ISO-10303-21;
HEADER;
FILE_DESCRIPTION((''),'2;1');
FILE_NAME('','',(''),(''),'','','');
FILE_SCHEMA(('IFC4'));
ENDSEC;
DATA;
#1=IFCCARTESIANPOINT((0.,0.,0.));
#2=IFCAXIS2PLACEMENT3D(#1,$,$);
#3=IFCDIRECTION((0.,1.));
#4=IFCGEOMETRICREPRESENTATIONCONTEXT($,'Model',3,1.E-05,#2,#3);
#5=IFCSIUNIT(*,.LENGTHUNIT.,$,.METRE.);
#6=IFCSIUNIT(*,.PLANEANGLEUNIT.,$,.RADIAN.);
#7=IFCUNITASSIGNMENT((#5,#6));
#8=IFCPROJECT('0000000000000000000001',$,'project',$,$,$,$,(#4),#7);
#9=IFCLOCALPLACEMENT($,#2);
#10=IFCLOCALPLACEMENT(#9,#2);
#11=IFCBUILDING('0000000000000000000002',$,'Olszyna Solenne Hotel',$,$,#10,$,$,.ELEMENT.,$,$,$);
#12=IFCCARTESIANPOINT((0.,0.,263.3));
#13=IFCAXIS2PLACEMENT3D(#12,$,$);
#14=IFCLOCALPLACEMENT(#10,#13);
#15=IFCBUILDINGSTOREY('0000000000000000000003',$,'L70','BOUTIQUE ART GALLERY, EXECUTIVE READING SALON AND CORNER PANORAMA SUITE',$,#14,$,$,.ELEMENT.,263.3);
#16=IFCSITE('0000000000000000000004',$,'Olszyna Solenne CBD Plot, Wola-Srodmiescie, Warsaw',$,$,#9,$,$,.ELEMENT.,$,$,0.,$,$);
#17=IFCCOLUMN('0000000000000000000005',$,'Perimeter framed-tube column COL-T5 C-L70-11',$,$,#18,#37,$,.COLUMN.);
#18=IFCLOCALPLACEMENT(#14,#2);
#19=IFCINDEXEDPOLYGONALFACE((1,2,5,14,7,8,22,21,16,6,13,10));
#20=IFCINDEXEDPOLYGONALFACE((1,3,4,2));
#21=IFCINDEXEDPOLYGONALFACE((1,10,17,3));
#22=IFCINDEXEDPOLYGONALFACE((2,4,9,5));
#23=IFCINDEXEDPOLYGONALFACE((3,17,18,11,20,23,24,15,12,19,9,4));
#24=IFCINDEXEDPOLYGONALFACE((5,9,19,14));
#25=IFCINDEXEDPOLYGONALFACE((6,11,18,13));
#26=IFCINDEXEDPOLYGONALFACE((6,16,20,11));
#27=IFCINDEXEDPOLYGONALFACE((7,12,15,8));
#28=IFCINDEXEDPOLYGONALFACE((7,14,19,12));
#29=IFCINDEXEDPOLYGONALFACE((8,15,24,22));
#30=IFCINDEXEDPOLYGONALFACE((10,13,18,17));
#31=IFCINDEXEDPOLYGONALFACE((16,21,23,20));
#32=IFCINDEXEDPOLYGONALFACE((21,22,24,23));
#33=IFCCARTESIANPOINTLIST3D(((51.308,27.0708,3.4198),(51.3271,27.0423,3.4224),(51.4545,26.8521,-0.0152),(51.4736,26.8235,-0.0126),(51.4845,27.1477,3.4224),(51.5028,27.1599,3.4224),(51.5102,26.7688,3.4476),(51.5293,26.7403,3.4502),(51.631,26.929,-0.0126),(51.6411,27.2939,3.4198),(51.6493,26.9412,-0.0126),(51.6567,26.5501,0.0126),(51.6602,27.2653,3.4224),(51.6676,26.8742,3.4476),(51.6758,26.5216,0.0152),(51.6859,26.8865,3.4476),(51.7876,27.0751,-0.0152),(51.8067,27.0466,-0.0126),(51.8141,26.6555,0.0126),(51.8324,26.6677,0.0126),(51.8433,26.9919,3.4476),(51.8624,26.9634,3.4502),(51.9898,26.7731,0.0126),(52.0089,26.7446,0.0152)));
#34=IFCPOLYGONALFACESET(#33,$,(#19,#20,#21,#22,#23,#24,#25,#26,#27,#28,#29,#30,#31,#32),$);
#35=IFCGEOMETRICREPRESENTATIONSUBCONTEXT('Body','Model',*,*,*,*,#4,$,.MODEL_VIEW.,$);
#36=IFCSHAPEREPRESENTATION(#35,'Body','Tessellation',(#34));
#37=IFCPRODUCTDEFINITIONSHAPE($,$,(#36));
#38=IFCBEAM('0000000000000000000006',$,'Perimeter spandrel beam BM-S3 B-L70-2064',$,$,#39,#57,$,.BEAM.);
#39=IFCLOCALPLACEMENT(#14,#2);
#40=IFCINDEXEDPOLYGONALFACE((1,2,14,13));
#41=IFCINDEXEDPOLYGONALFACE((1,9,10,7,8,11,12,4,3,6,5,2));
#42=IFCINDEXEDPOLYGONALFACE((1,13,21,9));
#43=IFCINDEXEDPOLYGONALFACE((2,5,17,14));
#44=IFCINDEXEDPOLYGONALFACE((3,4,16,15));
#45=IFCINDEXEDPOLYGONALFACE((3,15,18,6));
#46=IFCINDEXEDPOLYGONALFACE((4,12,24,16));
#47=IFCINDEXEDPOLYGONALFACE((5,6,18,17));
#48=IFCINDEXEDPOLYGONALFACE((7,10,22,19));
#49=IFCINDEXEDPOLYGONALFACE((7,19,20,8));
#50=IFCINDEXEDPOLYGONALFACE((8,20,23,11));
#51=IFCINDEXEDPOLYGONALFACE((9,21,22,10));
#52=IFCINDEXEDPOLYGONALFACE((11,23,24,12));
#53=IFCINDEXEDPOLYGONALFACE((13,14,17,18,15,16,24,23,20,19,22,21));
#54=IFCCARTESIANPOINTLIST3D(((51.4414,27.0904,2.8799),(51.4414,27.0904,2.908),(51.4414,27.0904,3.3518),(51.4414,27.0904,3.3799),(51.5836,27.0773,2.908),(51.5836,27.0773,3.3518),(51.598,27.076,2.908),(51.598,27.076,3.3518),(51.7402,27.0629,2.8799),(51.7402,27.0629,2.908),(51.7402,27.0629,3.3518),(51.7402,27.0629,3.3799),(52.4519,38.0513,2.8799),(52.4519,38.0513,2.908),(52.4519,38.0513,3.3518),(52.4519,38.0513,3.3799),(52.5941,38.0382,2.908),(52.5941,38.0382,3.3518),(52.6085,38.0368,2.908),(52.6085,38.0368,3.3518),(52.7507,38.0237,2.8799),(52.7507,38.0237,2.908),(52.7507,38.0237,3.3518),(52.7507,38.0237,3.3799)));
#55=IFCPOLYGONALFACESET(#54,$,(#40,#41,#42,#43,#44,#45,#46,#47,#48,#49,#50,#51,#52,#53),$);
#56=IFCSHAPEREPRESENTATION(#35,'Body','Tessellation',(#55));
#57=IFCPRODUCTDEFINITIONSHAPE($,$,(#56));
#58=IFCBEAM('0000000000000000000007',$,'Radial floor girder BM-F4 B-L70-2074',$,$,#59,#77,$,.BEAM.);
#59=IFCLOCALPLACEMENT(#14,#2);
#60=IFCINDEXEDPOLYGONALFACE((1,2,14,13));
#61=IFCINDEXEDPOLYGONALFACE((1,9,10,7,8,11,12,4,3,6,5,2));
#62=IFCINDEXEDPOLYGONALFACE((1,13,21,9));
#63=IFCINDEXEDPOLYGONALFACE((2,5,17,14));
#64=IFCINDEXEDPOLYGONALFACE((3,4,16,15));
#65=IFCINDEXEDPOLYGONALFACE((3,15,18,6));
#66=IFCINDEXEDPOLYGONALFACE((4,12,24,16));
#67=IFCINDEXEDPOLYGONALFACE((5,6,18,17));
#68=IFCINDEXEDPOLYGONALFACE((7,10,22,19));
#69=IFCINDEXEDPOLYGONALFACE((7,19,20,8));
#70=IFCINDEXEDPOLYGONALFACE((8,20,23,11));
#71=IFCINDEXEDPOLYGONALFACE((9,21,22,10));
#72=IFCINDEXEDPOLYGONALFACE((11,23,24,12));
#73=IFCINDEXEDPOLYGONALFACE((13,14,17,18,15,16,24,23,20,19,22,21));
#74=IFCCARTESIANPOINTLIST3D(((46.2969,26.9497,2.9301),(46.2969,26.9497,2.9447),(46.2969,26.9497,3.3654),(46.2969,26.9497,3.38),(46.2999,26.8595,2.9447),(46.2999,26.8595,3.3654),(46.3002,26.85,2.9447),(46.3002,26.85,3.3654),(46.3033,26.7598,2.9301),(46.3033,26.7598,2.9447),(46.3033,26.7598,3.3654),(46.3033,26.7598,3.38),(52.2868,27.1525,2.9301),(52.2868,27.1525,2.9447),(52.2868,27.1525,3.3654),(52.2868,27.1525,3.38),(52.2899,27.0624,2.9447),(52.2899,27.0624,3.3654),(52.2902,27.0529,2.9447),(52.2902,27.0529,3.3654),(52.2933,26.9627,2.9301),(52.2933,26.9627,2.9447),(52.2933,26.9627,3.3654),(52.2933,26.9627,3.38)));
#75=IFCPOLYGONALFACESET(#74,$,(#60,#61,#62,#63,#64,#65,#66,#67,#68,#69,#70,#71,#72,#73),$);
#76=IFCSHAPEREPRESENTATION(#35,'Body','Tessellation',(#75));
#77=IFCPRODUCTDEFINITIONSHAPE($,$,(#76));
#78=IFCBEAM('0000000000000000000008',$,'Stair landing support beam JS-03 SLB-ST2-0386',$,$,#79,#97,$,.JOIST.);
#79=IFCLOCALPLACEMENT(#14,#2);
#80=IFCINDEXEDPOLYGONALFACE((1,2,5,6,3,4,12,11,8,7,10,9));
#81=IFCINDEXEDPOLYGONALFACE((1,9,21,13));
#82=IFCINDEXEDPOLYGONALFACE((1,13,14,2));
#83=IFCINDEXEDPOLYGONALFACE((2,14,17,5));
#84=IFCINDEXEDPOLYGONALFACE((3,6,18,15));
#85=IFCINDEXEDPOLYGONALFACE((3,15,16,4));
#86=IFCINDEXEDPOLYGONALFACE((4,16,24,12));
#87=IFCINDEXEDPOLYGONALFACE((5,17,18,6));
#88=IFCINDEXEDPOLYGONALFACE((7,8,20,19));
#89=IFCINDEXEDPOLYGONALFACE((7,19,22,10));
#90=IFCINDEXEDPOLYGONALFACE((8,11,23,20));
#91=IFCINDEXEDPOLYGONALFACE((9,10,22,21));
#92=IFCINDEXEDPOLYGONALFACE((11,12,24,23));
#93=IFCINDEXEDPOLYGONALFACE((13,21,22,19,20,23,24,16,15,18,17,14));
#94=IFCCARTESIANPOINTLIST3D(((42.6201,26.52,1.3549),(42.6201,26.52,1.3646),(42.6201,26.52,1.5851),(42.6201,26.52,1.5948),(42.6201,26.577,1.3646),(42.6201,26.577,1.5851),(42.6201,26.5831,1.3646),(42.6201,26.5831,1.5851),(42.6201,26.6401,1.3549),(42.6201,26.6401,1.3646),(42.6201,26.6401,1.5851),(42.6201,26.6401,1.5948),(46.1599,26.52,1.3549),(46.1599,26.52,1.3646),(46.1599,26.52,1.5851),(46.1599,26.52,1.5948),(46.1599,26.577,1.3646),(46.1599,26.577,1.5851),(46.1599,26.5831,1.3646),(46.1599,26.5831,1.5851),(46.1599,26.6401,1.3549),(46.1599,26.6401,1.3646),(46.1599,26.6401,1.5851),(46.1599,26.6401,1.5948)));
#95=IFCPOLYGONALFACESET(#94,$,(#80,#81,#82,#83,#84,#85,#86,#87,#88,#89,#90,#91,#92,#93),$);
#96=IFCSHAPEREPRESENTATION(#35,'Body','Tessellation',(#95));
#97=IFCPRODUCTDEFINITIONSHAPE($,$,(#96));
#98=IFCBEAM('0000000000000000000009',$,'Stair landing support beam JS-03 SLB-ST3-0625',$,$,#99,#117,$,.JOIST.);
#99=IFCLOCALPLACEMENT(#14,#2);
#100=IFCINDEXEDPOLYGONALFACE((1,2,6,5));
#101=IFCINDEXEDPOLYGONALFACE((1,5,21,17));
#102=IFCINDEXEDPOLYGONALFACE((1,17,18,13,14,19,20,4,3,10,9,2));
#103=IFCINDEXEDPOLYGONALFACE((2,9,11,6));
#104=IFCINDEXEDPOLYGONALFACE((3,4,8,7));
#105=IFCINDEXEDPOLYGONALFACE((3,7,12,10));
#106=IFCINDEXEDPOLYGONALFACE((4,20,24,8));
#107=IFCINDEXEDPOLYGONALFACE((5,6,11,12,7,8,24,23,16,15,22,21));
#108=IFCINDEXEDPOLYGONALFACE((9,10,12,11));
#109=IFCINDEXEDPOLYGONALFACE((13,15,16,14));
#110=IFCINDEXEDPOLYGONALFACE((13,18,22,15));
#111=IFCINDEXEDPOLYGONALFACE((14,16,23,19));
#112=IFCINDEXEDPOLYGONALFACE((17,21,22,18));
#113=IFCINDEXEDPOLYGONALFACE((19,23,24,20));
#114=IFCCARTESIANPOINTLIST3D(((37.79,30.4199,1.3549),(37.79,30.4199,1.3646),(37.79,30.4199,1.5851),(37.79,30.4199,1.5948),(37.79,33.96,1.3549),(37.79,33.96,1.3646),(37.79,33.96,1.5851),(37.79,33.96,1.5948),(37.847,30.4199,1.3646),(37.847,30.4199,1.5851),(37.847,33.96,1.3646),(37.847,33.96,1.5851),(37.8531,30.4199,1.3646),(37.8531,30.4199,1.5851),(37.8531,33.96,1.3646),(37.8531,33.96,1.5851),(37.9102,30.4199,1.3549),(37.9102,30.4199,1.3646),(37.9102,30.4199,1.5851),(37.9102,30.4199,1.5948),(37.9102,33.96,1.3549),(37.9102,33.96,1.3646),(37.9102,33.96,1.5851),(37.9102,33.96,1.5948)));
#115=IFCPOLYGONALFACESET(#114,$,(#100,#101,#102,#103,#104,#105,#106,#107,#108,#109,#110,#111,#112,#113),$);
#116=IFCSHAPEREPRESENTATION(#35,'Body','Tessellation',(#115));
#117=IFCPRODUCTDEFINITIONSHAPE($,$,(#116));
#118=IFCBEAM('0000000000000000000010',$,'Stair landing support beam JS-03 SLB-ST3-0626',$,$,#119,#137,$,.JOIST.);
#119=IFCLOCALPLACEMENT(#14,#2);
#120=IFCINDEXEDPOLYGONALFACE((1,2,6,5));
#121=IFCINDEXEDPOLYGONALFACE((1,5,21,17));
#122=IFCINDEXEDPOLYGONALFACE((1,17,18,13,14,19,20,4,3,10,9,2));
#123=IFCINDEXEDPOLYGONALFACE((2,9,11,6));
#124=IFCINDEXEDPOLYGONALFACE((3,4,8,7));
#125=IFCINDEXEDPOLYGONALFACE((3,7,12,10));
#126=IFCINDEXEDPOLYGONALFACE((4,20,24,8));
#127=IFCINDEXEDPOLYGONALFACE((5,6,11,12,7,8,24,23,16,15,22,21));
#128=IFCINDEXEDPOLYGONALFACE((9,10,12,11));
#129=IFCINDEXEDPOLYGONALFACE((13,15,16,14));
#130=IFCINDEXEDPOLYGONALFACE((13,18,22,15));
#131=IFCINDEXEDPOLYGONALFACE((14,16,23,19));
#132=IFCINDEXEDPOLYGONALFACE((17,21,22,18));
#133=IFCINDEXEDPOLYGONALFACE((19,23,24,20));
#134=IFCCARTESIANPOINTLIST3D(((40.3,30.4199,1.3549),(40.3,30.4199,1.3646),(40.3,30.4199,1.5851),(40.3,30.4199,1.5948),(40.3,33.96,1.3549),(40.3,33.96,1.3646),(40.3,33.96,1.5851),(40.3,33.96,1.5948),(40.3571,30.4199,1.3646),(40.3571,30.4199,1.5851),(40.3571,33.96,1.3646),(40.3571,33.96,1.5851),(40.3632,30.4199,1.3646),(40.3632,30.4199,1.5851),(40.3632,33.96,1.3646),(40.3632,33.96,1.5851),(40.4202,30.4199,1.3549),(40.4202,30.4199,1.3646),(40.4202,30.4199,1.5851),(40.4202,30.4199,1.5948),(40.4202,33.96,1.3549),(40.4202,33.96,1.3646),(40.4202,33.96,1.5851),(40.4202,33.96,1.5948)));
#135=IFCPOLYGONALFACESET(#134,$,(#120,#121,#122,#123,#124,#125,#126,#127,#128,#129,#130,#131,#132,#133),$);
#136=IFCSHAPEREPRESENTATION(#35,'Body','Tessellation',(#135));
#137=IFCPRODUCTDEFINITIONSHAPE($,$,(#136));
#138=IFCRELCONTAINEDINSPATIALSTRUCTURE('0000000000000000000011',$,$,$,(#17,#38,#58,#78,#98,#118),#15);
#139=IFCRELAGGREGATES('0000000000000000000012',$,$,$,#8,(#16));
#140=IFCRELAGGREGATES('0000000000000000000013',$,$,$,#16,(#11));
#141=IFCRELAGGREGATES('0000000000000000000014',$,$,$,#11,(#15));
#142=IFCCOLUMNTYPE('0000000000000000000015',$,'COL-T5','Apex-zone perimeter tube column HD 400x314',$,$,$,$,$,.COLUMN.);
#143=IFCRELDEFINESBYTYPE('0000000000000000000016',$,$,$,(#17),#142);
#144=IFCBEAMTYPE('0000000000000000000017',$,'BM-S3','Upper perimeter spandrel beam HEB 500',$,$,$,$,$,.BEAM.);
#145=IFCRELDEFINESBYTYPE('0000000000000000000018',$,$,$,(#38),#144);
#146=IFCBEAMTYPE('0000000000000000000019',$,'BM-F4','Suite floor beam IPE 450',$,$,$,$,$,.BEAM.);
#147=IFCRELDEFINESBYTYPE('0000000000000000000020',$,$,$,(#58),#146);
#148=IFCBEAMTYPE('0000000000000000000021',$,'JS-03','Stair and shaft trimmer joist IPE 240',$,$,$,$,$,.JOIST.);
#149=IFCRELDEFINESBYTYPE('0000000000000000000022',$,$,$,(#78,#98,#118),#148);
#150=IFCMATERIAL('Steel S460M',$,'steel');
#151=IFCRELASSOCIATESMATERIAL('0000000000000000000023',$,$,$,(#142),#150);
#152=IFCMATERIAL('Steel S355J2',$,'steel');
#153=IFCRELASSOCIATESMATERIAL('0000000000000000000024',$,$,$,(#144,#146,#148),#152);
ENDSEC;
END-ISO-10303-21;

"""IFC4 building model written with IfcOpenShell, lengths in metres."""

from ifc_helpers import new_model, si_unit, direction, frame, origin, origin_2d, place, context, subcontext, project, spatial, i_section, extrude, source, transform, mapped, material, material_profile, profile_set, type_object, element, save


model = new_model("IFC4")

# Units and contexts
model_context = context("Model", 3, precision=1e-05, world=origin(), true_north=direction((0.0, 1.0)))
body_context = subcontext(model_context, "Body", "Model", "MODEL_VIEW")
ifc_project = project(units=[si_unit("LENGTHUNIT", "METRE"), si_unit("PLANEANGLEUNIT", "RADIAN")], contexts=[model_context])

# Site, building, storey
site_placement = place(None, origin())
site = spatial("IfcSite", under=ifc_project, at=site_placement, Name="Olszyna Solenne CBD Plot, Wola-Srodmiescie, Warsaw", CompositionType="ELEMENT", RefElevation=0.0)
building_placement = place(site_placement, origin())
building = spatial("IfcBuilding", under=site, at=building_placement, Name="Olszyna Solenne Hotel", CompositionType="ELEMENT")
storey_placement = place(building_placement, frame((0.0, 0.0, 263.3)))
storey = spatial("IfcBuildingStorey", under=building, at=storey_placement, Name="L70", Description="BOUTIQUE ART GALLERY, EXECUTIVE READING SALON AND CORNER PANORAMA SUITE", CompositionType="ELEMENT", Elevation=263.3)

# Column
ifc_material_1 = material(Name="Steel S460M", Category="steel")
ifc_material_profile_1 = material_profile(ifc_material_1, i_section(OverallWidth=0.4009, OverallDepth=0.3989, WebThickness=0.022, FlangeThickness=0.0344, at=origin_2d()), Name="HD 400x314", Category="load-bearing")
ifc_profile_set_1 = profile_set([ifc_material_profile_1], Name="Steel S460M")
column_type = type_object("IfcColumnType", Name="COL-T5", Description="Apex-zone perimeter tube column HD 400x314", PredefinedType="COLUMN", material=ifc_profile_set_1)
shared_shape_1 = source(origin(), body_context, "Body", "SweptSolid", [
    extrude(i_section(OverallWidth=0.4009, OverallDepth=0.3989, WebThickness=0.022, FlangeThickness=0.0344, at=origin_2d()), origin(), (0.0, 0.0, 1.0), 3.4451),
])
column_placement = place(storey_placement, frame((51.7317, 26.7983, 0.0), z_axis=(-0.042519, 0.063495, 0.997076), x_axis=(-0.830907, -0.556411, 0.0)))
element("IfcColumn", 1, at=column_placement, inside=storey, type_object=column_type, Name="Perimeter framed-tube column COL-T5 C-L70-11", PredefinedType="COLUMN", context=body_context, shape_type="MappedRepresentation", body=[
    mapped(shared_shape_1, transform((0.0, 0.0, 0.0), x_axis=(1.0, 0.0, 0.0), y_axis=(0.0, 1.0, 0.0), z_axis=(0.0, 0.0, 1.0), scale=1.0)),
])

# Beams
ifc_material_2 = material(Name="Steel S355J2", Category="steel")
ifc_material_profile_2 = material_profile(ifc_material_2, i_section(OverallWidth=0.3, OverallDepth=0.5, WebThickness=0.0144, FlangeThickness=0.0281, at=origin_2d()), Name="HEB 500", Category="load-bearing")
ifc_profile_set_2 = profile_set([ifc_material_profile_2], Name="Steel S355J2")
beam_type_1 = type_object("IfcBeamType", Name="BM-S3", Description="Upper perimeter spandrel beam HEB 500", PredefinedType="BEAM", material=ifc_profile_set_2)
shared_shape_2 = source(origin(), body_context, "Body", "SweptSolid", [
    extrude(i_section(OverallWidth=0.3, OverallDepth=0.5, WebThickness=0.0144, FlangeThickness=0.0281, at=origin_2d()), origin(), (0.0, 0.0, 1.0), 11.0073),
])
beam_1_placement = place(storey_placement, frame((51.5908, 27.0767, 3.1299), z_axis=(0.091802, 0.995777, 0.0), x_axis=(-0.995777, 0.091802, 0.0)))
element("IfcBeam", 2, at=beam_1_placement, inside=storey, type_object=beam_type_1, Name="Perimeter spandrel beam BM-S3 B-L70-2064", PredefinedType="BEAM", context=body_context, shape_type="MappedRepresentation", body=[
    mapped(shared_shape_2, transform((0.0, 0.0, 0.0), x_axis=(1.0, 0.0, 0.0), y_axis=(0.0, 1.0, 0.0), z_axis=(0.0, 0.0, 1.0), scale=1.0)),
])
ifc_material_profile_3 = material_profile(ifc_material_2, i_section(OverallWidth=0.1899, OverallDepth=0.45, WebThickness=0.0095, FlangeThickness=0.0146, at=origin_2d()), Name="IPE 450", Category="load-bearing")
ifc_profile_set_3 = profile_set([ifc_material_profile_3], Name="Steel S355J2")
beam_type_2 = type_object("IfcBeamType", Name="BM-F4", Description="Suite floor beam IPE 450", PredefinedType="BEAM", material=ifc_profile_set_3)
shared_shape_3 = source(origin(), body_context, "Body", "SweptSolid", [
    extrude(i_section(OverallWidth=0.1899, OverallDepth=0.45, WebThickness=0.0095, FlangeThickness=0.0146, at=origin_2d()), origin(), (0.0, 0.0, 1.0), 5.9934),
])
beam_2_placement = place(storey_placement, frame((52.29, 27.0576, 3.155), z_axis=(-0.999427, -0.033851, 0.0), x_axis=(0.033851, -0.999427, 0.0)))
element("IfcBeam", 3, at=beam_2_placement, inside=storey, type_object=beam_type_2, Name="Radial floor girder BM-F4 B-L70-2074", PredefinedType="BEAM", context=body_context, shape_type="MappedRepresentation", body=[
    mapped(shared_shape_3, transform((0.0, 0.0, 0.0), x_axis=(1.0, 0.0, 0.0), y_axis=(0.0, 1.0, 0.0), z_axis=(0.0, 0.0, 1.0), scale=1.0)),
])
ifc_material_profile_4 = material_profile(ifc_material_2, i_section(OverallWidth=0.1201, OverallDepth=0.24, WebThickness=0.0061, FlangeThickness=0.0098, at=origin_2d()), Name="IPE 240", Category="load-bearing")
ifc_profile_set_4 = profile_set([ifc_material_profile_4], Name="Steel S355J2")
beam_type_3 = type_object("IfcBeamType", Name="JS-03", Description="Stair and shaft trimmer joist IPE 240", PredefinedType="JOIST", material=ifc_profile_set_4)
shared_shape_4 = source(origin(), body_context, "Body", "SweptSolid", [
    extrude(i_section(OverallWidth=0.1201, OverallDepth=0.24, WebThickness=0.0061, FlangeThickness=0.0098, at=origin_2d()), origin(), (0.0, 0.0, 1.0), 3.5398),
])
beam_3_placement = place(storey_placement, frame((46.1599, 26.5801, 1.4749), z_axis=(-1.0, 0.0, 0.0), x_axis=(0.0, -1.0, 0.0)))
element("IfcBeam", 4, at=beam_3_placement, inside=storey, type_object=beam_type_3, Name="Stair landing support beam JS-03 SLB-ST2-0386", PredefinedType="JOIST", context=body_context, shape_type="MappedRepresentation", body=[
    mapped(shared_shape_4, transform((0.0, 0.0, 0.0), x_axis=(1.0, 0.0, 0.0), y_axis=(0.0, 1.0, 0.0), z_axis=(0.0, 0.0, 1.0), scale=1.0)),
])
shared_shape_5 = source(origin(), body_context, "Body", "SweptSolid", [
    extrude(i_section(OverallWidth=0.1201, OverallDepth=0.24, WebThickness=0.0061, FlangeThickness=0.0098, at=origin_2d()), origin(), (0.0, 0.0, 1.0), 3.54),
])
for number, where, z_axis, x_axis, name in (
    (5, (37.8501, 30.4199, 1.4749), (0.0, 1.0, 0.0), (-1.0, 0.0, 0.0), "Stair landing support beam JS-03 SLB-ST3-0625"),
    (6, (40.3601, 30.4199, 1.4749), (0.0, 1.0, 0.0), (-1.0, 0.0, 0.0), "Stair landing support beam JS-03 SLB-ST3-0626"),
):
    element("IfcBeam", number, at=place(storey_placement, frame(where, z_axis=z_axis, x_axis=x_axis)), inside=storey, type_object=beam_type_3, Name=name, PredefinedType="JOIST", context=body_context, shape_type="MappedRepresentation", body=[
        mapped(shared_shape_5, transform((0.0, 0.0, 0.0), x_axis=(1.0, 0.0, 0.0), y_axis=(0.0, 1.0, 0.0), z_axis=(0.0, 0.0, 1.0), scale=1.0)),
    ])

save(model, "model.ifc")
